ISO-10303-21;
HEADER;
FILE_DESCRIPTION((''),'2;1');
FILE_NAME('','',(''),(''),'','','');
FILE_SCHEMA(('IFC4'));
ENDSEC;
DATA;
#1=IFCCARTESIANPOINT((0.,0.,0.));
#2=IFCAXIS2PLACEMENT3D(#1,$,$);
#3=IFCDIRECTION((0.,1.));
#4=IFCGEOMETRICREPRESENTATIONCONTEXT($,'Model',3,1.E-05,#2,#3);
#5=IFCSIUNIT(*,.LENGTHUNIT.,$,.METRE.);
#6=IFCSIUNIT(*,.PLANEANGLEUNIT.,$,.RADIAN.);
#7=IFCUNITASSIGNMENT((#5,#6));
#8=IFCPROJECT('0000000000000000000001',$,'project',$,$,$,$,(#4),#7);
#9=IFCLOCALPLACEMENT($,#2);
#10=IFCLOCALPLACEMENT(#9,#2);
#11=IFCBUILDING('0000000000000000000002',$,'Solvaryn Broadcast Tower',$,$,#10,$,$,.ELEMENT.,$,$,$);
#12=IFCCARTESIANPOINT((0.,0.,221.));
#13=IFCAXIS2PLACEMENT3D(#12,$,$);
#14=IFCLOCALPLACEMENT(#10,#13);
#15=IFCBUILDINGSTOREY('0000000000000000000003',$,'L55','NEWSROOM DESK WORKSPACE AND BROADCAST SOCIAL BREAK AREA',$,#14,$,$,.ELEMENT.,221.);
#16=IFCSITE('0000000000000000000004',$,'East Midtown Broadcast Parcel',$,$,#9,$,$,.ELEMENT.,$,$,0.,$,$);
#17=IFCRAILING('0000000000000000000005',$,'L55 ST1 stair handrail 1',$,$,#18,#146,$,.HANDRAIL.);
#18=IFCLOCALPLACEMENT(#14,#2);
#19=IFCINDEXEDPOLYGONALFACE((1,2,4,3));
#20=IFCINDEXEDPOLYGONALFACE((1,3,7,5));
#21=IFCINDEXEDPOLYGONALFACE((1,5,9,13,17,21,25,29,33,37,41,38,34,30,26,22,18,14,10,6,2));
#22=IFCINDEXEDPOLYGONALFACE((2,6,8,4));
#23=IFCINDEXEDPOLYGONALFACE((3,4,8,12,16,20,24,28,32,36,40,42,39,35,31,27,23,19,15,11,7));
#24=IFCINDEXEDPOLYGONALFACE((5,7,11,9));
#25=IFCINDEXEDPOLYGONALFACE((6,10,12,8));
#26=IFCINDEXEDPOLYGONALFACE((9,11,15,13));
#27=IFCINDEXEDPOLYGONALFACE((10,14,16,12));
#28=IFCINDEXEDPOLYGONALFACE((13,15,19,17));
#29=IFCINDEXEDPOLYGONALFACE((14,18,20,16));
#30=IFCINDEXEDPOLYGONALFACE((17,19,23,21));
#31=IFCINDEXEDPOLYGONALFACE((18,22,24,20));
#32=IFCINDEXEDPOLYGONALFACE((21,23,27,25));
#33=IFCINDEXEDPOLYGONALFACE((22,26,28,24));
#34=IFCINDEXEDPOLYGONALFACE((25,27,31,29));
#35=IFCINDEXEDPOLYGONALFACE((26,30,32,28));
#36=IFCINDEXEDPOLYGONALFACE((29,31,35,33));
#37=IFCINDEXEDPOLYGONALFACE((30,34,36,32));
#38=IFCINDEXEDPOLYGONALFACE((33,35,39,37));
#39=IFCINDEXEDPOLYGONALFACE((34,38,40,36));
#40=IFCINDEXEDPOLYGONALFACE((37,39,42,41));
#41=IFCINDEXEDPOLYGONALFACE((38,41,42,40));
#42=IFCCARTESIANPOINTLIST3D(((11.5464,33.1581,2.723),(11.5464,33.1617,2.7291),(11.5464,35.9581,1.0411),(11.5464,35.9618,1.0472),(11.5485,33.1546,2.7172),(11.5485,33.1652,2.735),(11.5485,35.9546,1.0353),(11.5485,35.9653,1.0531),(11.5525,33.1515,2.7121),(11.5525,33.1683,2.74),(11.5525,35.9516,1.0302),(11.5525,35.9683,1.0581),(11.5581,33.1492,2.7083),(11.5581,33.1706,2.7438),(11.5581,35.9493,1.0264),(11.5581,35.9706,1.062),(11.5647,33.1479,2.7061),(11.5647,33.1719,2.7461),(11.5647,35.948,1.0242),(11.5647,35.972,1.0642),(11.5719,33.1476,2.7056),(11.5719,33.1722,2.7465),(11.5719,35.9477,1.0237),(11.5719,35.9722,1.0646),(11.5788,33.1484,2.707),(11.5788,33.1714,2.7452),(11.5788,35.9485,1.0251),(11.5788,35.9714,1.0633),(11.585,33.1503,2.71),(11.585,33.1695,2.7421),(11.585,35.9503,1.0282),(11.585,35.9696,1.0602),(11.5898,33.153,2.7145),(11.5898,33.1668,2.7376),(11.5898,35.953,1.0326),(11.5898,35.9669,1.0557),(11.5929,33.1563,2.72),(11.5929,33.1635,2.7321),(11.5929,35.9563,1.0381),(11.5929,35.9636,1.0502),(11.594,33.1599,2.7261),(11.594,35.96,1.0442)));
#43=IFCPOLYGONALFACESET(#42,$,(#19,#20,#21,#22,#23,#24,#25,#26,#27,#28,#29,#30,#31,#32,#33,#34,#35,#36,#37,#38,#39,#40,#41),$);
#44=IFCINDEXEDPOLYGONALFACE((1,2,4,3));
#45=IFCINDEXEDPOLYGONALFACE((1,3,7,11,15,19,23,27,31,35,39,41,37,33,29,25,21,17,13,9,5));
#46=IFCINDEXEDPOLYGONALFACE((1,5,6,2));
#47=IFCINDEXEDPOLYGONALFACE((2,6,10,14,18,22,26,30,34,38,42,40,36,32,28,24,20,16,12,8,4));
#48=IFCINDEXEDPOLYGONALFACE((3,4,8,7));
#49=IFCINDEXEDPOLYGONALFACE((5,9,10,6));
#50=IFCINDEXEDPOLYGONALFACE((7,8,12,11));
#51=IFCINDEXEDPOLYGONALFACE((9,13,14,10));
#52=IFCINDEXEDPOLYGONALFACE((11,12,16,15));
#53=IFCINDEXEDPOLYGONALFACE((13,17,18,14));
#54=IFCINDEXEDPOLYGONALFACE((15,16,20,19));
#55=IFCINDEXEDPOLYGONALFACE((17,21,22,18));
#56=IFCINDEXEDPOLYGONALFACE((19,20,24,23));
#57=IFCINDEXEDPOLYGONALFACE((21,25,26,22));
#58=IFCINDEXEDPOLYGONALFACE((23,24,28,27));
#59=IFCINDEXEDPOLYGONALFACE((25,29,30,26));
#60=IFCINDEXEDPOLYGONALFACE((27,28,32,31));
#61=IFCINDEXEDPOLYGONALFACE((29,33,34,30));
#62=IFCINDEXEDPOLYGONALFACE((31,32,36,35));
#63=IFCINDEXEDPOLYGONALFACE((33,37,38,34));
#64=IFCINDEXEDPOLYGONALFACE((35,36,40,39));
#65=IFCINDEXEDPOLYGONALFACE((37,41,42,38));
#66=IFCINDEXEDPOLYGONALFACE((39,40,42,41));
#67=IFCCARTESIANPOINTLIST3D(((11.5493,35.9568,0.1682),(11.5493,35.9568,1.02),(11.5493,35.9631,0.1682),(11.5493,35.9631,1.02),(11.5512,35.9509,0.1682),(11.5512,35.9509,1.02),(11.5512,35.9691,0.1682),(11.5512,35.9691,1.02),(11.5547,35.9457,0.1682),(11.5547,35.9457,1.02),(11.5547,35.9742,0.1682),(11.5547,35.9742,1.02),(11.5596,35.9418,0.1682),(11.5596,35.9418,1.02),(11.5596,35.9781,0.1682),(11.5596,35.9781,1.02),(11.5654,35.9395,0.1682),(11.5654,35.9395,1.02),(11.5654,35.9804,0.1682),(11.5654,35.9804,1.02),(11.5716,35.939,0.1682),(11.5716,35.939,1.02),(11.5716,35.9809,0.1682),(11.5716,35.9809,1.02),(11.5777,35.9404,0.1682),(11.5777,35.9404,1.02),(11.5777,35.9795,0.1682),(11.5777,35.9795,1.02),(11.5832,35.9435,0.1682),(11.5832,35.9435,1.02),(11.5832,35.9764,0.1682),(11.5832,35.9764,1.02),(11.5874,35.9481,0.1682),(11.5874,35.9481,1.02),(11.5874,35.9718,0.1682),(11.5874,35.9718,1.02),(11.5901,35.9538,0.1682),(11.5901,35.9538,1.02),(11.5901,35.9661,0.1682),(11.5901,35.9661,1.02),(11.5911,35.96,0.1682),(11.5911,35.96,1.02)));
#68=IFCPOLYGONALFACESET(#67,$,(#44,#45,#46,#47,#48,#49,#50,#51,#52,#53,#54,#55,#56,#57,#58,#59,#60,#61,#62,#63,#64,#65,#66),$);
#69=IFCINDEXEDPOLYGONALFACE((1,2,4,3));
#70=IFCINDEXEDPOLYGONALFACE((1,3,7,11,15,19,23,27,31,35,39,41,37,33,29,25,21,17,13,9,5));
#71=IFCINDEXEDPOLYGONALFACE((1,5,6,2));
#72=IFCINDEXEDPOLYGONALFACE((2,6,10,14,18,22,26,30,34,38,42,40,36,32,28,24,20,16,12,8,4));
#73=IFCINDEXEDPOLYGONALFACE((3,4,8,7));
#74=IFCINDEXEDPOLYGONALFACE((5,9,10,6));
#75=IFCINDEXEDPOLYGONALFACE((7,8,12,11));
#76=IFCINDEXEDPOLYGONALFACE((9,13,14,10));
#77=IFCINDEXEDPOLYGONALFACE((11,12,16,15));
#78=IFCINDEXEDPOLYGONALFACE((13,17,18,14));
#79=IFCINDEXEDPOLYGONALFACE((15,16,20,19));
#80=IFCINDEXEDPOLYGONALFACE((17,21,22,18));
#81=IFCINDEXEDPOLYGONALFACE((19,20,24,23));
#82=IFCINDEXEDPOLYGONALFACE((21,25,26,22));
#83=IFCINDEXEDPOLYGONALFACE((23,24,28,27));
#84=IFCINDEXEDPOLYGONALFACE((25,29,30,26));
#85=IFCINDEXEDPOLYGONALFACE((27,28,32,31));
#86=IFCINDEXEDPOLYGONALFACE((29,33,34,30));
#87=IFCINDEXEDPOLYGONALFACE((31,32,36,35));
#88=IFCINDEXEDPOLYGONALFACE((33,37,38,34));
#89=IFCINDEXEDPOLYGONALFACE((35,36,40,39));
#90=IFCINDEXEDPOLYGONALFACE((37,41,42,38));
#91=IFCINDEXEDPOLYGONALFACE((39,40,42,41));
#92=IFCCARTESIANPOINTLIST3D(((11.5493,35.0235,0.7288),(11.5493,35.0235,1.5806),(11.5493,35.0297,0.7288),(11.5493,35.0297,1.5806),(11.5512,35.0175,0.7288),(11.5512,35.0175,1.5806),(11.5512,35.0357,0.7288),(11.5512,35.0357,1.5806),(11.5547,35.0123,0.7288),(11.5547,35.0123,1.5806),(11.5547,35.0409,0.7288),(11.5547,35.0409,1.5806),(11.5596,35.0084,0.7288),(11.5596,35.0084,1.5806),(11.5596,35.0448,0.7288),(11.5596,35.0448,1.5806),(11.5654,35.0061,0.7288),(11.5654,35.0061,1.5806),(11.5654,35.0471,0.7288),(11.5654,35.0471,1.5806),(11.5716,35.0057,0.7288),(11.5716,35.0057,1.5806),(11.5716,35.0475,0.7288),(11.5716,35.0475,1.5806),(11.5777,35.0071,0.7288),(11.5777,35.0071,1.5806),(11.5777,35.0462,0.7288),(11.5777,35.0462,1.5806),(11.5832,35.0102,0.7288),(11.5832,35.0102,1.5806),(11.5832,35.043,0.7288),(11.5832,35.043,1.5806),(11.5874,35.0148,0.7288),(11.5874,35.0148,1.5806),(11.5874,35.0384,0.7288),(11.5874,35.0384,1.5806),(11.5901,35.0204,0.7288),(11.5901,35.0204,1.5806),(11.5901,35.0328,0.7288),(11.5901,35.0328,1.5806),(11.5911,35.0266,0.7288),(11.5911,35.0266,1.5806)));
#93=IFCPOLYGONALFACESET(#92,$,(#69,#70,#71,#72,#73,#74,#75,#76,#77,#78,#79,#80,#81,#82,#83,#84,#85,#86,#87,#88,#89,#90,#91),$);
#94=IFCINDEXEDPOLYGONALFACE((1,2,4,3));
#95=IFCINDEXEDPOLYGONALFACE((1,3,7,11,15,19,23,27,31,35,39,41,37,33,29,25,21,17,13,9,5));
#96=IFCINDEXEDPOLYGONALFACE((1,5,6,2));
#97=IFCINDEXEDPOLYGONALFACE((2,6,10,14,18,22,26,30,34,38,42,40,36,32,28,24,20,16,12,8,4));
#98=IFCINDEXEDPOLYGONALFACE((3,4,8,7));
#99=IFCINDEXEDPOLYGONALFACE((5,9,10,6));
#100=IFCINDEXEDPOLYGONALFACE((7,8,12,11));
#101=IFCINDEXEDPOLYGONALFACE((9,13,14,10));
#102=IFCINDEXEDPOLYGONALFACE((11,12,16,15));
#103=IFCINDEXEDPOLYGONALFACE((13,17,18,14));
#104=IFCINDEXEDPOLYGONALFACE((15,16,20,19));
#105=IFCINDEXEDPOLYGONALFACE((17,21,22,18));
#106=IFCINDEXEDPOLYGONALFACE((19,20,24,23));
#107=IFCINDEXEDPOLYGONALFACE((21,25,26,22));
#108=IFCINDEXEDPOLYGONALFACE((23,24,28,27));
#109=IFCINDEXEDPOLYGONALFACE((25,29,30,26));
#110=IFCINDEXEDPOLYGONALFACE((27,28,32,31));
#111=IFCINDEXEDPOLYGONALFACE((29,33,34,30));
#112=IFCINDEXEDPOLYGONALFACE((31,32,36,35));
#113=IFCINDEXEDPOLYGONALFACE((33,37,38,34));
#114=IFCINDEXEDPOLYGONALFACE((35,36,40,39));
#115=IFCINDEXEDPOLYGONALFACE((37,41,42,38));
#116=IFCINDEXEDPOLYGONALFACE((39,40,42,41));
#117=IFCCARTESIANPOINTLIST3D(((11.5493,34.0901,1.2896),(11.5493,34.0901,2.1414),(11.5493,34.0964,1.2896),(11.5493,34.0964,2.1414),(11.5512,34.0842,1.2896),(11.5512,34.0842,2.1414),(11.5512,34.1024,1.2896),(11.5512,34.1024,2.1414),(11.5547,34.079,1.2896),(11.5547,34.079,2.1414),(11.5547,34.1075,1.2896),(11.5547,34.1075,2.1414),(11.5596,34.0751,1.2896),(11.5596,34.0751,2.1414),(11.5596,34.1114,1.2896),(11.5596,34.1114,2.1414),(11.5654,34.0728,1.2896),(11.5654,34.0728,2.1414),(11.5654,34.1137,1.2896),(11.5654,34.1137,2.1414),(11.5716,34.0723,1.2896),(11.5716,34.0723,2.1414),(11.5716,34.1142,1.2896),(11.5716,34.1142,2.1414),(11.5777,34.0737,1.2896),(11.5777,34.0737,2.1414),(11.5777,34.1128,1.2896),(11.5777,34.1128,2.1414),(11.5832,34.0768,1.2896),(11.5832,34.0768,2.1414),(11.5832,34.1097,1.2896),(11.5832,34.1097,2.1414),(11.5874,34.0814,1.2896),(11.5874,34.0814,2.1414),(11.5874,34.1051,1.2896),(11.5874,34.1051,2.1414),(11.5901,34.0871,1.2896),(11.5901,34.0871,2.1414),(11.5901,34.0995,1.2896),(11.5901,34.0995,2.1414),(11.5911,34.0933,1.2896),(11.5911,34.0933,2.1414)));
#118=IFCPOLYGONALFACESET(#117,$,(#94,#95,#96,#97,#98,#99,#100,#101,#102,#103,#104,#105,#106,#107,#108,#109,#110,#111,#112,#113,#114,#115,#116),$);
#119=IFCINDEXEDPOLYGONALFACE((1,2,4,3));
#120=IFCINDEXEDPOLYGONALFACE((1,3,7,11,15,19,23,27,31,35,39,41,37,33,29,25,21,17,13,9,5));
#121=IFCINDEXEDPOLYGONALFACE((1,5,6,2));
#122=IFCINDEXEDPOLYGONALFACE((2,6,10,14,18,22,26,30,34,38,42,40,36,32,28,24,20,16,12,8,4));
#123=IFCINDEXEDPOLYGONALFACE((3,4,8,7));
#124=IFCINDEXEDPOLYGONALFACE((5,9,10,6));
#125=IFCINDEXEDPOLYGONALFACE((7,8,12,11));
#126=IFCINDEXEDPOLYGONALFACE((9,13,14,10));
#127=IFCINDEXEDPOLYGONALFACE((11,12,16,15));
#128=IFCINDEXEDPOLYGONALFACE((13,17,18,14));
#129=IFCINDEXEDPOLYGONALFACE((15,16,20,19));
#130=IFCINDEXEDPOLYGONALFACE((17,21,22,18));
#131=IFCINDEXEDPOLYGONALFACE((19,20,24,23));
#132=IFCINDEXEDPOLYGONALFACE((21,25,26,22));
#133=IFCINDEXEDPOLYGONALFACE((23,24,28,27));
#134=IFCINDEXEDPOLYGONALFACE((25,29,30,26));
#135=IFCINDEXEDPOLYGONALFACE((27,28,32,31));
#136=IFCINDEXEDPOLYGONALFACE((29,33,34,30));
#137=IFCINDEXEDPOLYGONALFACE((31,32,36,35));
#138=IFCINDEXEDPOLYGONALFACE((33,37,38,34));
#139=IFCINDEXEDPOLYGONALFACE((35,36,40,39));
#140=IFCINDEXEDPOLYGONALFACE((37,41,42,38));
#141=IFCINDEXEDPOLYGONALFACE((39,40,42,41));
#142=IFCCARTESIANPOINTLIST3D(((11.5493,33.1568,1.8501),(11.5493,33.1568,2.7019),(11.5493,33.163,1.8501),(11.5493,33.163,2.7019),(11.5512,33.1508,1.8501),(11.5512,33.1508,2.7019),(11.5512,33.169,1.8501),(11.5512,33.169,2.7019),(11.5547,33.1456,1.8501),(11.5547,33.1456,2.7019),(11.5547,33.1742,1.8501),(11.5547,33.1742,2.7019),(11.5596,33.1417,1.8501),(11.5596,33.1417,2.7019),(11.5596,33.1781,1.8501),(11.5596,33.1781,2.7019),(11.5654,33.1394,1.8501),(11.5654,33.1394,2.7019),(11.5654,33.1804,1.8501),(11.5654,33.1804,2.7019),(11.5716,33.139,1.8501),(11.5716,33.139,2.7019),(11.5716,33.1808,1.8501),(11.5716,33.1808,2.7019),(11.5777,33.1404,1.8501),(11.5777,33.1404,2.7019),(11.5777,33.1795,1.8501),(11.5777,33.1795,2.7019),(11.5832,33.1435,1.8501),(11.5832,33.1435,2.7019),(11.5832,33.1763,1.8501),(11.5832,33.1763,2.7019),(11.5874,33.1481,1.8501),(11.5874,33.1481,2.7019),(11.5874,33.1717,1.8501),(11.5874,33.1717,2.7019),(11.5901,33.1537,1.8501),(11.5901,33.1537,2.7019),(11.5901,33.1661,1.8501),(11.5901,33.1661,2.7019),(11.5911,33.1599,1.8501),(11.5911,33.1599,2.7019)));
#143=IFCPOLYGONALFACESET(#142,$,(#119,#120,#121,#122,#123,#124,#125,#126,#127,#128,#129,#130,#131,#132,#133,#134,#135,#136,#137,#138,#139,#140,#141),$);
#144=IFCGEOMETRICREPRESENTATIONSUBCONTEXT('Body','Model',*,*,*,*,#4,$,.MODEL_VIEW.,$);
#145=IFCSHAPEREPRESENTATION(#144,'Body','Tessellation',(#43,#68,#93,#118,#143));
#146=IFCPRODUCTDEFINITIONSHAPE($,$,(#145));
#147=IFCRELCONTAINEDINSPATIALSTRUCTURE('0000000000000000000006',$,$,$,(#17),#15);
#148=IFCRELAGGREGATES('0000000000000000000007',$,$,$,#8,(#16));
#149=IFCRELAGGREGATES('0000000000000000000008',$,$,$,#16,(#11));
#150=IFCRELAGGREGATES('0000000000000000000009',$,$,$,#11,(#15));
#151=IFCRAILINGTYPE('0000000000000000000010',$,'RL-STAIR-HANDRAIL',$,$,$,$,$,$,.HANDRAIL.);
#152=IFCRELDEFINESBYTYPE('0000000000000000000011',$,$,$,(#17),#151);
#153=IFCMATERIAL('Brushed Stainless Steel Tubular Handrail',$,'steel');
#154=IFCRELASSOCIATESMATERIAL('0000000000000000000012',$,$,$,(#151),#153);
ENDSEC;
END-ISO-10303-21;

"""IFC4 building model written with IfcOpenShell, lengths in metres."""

from ifc_helpers import new_model, si_unit, direction, frame, origin, origin_2d, place, context, subcontext, project, spatial, circle, extrude, material, type_object, element, save


model = new_model("IFC4")

# Units and contexts
model_context = context("Model", 3, precision=1e-05, world=origin(), true_north=direction((0.0, 1.0)))
body_context = subcontext(model_context, "Body", "Model", "MODEL_VIEW")
ifc_project = project(units=[si_unit("LENGTHUNIT", "METRE"), si_unit("PLANEANGLEUNIT", "RADIAN")], contexts=[model_context])

# Site, building, storey
site_placement = place(None, origin())
site = spatial("IfcSite", under=ifc_project, at=site_placement, Name="East Midtown Broadcast Parcel", CompositionType="ELEMENT", RefElevation=0.0)
building_placement = place(site_placement, origin())
building = spatial("IfcBuilding", under=site, at=building_placement, Name="Solvaryn Broadcast Tower", CompositionType="ELEMENT")
storey_placement = place(building_placement, frame((0.0, 0.0, 221.0)))
storey = spatial("IfcBuildingStorey", under=building, at=storey_placement, Name="L55", Description="NEWSROOM DESK WORKSPACE AND BROADCAST SOCIAL BREAK AREA", CompositionType="ELEMENT", Elevation=221.0)

# Railing
ifc_material_1 = material(Name="Brushed Stainless Steel Tubular Handrail", Category="steel")
railing_type_1 = type_object("IfcRailingType", Name="RL-STAIR-HANDRAIL", PredefinedType="HANDRAIL", material=ifc_material_1)
railing_1_placement = place(storey_placement, frame((11.5701, 35.96, 0.1682)))
element("IfcRailing", 1, at=railing_1_placement, inside=storey, type_object=railing_type_1, Name="L55 ST1 stair handrail 1", PredefinedType="HANDRAIL", context=body_context, shape_type="SweptSolid", body=[
    extrude(circle(Radius=0.0239, at=origin_2d()), frame((0.0, 0.0, 0.876), z_axis=(0.0, -0.857242, 0.514913), x_axis=(1.0, 0.0, 0.0)), (0.0, 0.0, 1.0), 3.2664),
    extrude(circle(Radius=0.021, at=origin_2d()), origin(), (0.0, 0.0, 1.0), 0.8518),
    extrude(circle(Radius=0.021, at=origin_2d()), frame((0.0, -0.9333, 0.5605)), (0.0, 0.0, 1.0), 0.8518),
    extrude(circle(Radius=0.021, at=origin_2d()), frame((0.0, -1.8667, 1.1213)), (0.0, 0.0, 1.0), 0.8518),
    extrude(circle(Radius=0.021, at=origin_2d()), frame((0.0, -2.8, 1.6819)), (0.0, 0.0, 1.0), 0.8518),
])

save(model, "model.ifc")
